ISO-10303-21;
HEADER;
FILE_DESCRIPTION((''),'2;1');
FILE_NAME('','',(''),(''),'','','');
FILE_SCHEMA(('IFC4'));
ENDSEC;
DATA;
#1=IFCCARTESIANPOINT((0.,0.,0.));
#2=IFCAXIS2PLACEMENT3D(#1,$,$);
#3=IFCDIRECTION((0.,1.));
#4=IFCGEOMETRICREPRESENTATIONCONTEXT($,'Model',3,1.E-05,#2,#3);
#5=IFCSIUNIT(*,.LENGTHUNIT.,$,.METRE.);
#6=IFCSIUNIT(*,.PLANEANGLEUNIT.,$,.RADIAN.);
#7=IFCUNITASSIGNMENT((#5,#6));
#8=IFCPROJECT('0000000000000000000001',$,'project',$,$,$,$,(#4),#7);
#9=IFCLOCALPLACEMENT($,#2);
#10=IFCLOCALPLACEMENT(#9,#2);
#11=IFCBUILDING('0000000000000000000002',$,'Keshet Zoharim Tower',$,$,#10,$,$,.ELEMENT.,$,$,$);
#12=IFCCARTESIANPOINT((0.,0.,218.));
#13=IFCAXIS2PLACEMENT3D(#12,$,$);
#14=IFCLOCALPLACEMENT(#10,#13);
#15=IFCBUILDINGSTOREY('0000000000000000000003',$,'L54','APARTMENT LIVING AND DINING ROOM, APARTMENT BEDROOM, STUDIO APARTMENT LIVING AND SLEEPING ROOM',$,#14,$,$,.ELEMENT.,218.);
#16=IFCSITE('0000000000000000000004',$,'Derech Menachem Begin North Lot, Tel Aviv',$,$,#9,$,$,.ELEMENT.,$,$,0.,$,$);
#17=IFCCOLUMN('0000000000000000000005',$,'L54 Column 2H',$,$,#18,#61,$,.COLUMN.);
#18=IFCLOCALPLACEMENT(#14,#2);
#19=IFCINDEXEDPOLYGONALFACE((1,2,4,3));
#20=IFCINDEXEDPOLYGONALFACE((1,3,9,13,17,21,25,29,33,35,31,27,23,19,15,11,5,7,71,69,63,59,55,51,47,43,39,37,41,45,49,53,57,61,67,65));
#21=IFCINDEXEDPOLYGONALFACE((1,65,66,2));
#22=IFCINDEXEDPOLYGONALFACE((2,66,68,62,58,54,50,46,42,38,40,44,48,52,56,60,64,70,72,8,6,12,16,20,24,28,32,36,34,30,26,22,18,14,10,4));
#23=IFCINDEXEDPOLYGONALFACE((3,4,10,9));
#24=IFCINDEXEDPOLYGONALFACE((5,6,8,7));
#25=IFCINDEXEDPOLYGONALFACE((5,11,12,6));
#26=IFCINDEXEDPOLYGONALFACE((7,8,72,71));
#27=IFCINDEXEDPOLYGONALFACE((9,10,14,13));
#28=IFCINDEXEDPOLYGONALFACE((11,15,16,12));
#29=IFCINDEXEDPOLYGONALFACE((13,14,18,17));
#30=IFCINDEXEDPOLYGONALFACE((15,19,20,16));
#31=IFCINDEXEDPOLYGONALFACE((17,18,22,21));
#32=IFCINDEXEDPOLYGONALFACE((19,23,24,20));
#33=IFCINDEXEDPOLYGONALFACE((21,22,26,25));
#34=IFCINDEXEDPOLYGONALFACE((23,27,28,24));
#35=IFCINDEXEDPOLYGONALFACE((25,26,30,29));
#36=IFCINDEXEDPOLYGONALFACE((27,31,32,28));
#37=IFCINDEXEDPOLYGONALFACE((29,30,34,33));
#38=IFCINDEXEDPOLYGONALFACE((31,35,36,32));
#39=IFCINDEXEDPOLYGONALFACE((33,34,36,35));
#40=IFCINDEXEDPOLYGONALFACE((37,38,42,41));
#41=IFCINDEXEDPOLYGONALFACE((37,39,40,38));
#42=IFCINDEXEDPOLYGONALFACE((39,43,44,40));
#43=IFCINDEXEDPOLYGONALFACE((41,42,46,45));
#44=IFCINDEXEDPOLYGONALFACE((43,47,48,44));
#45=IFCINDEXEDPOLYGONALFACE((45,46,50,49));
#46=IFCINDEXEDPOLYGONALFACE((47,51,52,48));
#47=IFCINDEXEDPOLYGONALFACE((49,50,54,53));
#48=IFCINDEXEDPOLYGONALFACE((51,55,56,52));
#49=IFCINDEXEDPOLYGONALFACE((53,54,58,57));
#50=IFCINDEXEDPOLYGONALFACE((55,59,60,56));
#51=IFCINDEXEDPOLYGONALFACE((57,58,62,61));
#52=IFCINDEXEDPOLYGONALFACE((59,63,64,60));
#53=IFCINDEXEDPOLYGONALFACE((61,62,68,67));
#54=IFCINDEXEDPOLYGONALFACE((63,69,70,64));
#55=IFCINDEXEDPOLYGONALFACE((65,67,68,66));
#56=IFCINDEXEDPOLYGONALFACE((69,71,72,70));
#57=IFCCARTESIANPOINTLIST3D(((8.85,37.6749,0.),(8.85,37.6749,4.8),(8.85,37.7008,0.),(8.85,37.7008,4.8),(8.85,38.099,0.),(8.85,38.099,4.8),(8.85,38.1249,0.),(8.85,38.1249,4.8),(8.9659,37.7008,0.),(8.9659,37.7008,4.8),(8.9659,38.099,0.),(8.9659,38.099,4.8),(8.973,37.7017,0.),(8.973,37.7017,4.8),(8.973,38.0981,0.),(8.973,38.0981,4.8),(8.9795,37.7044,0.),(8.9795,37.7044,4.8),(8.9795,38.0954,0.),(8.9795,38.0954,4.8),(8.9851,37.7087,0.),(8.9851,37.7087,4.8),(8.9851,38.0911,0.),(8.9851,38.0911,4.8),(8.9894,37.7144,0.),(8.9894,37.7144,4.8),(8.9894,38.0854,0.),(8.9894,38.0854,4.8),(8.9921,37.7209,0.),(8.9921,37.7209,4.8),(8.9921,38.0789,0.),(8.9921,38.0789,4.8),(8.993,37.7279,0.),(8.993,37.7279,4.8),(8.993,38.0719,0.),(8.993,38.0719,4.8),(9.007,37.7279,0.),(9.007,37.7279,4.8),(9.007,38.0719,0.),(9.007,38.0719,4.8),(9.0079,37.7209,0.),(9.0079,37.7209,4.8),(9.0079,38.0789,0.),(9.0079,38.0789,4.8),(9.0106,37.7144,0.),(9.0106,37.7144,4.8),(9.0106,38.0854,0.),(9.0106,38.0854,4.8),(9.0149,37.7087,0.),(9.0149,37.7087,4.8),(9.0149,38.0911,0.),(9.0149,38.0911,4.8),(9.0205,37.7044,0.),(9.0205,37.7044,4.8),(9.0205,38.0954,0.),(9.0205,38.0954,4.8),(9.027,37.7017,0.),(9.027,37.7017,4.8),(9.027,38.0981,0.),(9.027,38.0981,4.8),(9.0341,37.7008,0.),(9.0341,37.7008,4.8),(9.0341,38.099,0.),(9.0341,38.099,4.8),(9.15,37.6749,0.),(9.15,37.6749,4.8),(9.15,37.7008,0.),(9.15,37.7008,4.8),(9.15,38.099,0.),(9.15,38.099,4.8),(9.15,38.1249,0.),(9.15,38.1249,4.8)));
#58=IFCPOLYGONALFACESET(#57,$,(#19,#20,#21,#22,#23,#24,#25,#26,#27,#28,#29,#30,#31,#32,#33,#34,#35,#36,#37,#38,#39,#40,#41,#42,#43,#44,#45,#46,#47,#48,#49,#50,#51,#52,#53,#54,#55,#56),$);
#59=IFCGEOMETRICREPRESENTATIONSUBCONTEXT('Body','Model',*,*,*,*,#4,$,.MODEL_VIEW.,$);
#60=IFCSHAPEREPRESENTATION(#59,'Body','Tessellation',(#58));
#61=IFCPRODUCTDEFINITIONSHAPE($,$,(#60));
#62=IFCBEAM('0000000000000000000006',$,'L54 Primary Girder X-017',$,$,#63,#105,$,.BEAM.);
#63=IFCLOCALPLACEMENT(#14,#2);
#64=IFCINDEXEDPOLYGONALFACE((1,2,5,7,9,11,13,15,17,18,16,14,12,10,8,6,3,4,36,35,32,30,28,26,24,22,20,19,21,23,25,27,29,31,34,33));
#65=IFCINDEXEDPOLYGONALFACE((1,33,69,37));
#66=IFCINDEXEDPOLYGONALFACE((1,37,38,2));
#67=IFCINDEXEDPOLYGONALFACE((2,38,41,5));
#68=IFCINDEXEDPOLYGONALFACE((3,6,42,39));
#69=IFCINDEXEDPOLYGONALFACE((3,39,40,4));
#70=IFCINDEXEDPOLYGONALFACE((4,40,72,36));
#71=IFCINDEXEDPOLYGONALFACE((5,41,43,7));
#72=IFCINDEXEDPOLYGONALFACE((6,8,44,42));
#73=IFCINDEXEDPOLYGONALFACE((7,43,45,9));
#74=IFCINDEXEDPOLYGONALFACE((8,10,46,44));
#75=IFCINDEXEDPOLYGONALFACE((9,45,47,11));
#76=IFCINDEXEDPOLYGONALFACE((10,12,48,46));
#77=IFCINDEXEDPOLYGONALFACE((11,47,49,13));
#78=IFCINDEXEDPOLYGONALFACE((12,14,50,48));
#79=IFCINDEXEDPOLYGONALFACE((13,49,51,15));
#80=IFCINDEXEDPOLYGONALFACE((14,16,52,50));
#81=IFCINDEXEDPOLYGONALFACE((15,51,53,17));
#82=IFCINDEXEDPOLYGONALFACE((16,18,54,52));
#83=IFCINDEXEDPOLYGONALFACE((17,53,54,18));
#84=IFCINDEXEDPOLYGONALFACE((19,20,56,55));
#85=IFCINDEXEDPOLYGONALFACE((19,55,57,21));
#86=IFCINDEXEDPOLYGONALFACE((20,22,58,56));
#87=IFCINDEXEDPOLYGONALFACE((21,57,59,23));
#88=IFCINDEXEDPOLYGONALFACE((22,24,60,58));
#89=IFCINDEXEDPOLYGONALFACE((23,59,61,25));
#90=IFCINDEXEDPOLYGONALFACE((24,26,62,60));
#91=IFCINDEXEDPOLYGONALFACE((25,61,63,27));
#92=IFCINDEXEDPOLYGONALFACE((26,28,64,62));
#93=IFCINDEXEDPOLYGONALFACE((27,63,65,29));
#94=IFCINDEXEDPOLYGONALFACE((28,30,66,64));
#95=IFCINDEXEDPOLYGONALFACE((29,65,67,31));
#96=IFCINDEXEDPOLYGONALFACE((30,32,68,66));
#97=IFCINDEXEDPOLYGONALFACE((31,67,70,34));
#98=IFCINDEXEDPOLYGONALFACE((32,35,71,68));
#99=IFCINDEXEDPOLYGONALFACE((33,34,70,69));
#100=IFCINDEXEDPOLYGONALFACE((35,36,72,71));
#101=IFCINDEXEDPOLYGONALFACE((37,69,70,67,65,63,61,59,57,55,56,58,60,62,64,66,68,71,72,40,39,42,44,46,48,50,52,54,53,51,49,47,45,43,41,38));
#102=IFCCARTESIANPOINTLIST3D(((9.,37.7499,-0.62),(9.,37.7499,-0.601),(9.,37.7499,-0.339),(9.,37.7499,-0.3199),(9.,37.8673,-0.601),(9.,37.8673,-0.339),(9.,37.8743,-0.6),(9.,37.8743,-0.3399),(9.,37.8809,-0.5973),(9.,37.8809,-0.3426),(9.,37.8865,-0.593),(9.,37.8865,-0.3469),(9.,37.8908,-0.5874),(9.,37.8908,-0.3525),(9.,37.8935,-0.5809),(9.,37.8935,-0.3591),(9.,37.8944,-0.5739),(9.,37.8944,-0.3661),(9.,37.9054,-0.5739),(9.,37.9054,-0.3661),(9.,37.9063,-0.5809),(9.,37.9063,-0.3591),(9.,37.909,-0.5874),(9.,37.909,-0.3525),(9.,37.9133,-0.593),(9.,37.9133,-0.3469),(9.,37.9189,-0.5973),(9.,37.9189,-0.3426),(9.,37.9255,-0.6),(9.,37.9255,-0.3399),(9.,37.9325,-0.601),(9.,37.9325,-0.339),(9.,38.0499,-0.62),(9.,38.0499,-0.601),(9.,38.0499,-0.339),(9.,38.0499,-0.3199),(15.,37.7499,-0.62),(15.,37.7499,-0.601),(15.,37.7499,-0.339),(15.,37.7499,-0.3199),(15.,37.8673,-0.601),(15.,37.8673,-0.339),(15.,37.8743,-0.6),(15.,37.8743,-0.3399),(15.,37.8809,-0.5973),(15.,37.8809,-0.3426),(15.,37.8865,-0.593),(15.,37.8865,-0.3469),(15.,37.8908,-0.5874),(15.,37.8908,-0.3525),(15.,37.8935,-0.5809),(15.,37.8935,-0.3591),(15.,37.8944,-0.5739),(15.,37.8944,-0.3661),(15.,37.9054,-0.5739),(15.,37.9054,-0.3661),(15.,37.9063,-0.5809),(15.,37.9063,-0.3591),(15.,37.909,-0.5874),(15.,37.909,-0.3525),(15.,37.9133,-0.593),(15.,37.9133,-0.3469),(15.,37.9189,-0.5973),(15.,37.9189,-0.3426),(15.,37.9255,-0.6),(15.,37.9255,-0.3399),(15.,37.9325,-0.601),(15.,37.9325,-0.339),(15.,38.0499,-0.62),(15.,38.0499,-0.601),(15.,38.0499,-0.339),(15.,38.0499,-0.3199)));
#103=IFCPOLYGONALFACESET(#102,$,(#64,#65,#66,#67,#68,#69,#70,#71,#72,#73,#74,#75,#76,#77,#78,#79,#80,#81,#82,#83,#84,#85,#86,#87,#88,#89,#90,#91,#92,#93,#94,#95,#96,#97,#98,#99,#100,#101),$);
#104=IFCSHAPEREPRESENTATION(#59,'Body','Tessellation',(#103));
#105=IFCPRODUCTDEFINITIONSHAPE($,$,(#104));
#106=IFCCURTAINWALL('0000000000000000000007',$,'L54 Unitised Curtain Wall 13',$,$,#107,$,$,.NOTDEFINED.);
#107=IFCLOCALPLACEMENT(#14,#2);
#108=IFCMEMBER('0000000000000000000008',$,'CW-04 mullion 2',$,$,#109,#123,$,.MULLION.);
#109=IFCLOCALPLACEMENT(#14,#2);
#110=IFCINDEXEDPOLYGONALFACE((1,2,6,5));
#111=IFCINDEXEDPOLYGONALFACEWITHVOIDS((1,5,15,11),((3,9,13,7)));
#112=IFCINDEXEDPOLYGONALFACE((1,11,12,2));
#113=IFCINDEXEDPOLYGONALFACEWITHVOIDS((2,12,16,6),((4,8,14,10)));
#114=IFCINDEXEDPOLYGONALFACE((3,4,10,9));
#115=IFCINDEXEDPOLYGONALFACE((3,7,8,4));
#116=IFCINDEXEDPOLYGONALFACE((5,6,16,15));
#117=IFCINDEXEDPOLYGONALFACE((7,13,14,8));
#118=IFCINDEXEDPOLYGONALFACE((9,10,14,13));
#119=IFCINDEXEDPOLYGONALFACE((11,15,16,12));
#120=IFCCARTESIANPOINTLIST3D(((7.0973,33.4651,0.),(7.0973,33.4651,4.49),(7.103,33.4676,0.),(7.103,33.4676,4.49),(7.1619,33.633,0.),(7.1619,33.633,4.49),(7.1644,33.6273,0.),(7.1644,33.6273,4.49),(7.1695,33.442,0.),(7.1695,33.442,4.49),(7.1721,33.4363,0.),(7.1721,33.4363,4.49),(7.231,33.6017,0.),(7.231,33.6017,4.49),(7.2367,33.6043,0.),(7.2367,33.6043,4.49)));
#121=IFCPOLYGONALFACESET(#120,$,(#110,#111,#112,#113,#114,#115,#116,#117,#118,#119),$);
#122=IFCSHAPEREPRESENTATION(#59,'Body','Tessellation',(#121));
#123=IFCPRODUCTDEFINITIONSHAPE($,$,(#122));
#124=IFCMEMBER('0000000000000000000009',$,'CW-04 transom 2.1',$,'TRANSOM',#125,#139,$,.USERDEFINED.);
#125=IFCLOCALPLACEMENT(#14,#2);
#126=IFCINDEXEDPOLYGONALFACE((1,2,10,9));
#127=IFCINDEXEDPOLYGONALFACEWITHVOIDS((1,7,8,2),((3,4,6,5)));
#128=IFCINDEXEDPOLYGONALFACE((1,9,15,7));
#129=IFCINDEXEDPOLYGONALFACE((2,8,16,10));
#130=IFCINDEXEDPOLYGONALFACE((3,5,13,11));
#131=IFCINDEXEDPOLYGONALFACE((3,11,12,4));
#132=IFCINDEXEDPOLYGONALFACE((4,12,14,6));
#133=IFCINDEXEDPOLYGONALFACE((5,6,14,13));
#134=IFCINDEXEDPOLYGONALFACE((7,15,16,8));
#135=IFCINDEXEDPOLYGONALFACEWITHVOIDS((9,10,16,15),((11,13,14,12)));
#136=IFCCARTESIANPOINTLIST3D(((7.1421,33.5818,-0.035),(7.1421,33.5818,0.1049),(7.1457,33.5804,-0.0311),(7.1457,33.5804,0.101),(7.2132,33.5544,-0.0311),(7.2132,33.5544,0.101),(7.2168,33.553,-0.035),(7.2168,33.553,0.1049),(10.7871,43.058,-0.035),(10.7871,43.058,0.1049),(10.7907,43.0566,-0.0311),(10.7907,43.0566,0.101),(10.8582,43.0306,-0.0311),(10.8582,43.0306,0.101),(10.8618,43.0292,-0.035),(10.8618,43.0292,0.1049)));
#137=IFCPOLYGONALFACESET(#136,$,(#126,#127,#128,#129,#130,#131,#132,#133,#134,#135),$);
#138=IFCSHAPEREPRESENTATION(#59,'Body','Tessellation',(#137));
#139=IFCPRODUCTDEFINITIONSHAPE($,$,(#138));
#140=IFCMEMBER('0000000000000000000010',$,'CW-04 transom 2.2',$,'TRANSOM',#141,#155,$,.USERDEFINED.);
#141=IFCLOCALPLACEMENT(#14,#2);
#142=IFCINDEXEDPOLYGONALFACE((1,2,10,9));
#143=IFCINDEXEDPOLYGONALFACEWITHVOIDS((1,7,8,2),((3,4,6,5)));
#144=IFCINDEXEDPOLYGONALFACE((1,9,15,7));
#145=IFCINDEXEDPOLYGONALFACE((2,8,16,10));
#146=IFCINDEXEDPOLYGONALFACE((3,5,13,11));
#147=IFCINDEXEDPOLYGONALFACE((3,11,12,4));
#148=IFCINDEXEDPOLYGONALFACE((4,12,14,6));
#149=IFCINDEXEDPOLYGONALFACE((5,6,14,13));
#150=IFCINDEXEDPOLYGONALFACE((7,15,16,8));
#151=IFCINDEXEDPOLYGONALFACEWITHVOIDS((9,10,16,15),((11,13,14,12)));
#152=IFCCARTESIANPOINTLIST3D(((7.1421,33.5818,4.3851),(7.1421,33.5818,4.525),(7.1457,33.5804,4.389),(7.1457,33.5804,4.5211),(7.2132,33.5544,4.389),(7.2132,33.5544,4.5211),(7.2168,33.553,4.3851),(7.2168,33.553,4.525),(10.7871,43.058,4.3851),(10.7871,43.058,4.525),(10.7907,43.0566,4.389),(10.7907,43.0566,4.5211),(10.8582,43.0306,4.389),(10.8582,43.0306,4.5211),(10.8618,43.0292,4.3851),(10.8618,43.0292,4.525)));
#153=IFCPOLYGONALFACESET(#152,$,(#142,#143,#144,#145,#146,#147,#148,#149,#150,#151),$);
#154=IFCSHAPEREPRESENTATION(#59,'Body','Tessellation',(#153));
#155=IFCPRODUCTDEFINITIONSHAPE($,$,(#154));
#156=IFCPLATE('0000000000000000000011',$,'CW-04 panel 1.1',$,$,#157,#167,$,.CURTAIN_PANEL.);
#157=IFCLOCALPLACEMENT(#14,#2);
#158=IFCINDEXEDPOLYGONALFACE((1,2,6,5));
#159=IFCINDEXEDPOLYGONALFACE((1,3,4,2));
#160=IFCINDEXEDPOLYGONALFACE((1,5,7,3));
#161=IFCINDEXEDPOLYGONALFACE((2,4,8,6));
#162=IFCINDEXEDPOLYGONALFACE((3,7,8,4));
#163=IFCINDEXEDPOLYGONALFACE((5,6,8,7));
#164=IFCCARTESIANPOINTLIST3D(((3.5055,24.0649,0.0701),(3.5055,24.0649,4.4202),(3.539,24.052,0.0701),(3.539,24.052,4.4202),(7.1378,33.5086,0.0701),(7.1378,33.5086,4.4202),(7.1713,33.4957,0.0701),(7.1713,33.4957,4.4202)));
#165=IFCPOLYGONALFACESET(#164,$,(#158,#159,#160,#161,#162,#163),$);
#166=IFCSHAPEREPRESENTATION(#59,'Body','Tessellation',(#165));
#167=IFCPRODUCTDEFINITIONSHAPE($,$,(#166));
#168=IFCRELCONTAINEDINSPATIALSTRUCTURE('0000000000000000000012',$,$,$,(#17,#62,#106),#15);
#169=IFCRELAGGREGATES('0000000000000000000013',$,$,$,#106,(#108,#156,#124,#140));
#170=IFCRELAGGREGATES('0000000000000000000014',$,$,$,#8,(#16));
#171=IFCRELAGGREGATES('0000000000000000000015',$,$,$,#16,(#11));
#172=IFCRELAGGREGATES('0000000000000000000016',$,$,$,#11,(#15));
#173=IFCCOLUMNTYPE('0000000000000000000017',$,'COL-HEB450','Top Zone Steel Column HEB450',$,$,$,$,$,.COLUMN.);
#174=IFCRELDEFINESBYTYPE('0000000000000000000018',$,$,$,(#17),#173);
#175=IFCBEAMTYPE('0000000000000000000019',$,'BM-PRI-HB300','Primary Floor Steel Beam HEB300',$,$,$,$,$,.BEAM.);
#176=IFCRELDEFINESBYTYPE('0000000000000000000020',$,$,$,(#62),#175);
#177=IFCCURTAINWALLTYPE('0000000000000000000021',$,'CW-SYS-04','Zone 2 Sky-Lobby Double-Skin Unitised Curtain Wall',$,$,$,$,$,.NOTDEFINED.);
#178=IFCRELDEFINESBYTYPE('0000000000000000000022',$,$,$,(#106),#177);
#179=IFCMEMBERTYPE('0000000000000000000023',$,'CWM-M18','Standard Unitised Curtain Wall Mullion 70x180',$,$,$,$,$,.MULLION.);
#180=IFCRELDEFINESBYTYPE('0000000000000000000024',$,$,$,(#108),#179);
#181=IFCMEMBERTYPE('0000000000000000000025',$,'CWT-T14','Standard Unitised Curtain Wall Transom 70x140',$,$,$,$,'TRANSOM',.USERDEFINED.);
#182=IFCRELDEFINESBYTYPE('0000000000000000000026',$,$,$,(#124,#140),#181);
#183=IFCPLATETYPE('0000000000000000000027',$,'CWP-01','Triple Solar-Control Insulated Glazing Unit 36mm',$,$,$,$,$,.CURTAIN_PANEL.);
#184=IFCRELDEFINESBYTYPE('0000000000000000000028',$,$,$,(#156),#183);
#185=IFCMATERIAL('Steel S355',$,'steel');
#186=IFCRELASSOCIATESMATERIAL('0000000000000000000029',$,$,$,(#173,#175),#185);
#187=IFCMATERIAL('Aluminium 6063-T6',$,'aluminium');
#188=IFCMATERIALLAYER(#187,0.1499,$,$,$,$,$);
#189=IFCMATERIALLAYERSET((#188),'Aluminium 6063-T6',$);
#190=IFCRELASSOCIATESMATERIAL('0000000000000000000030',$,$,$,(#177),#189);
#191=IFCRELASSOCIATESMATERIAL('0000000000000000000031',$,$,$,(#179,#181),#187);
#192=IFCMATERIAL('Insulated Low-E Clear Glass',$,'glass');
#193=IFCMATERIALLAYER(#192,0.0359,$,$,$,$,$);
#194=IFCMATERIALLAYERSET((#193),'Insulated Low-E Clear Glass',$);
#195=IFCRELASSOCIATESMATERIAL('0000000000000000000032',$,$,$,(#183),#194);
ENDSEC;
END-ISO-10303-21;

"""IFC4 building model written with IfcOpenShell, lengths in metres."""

from ifc_helpers import new_model, si_unit, direction, frame, origin, origin_2d, place, context, subcontext, project, spatial, rectangle, hollow_rectangle, i_section, extrude, material, layer, layer_set, material_profile, profile_set, type_object, element, aggregate, save


model = new_model("IFC4")

# Units and contexts
model_context = context("Model", 3, precision=1e-05, world=origin(), true_north=direction((0.0, 1.0)))
body_context = subcontext(model_context, "Body", "Model", "MODEL_VIEW")
ifc_project = project(units=[si_unit("LENGTHUNIT", "METRE"), si_unit("PLANEANGLEUNIT", "RADIAN")], contexts=[model_context])

# Site, building, storey
site_placement = place(None, origin())
site = spatial("IfcSite", under=ifc_project, at=site_placement, Name="Derech Menachem Begin North Lot, Tel Aviv", CompositionType="ELEMENT", RefElevation=0.0)
building_placement = place(site_placement, origin())
building = spatial("IfcBuilding", under=site, at=building_placement, Name="Keshet Zoharim Tower", CompositionType="ELEMENT")
storey_placement = place(building_placement, frame((0.0, 0.0, 218.0)))
storey = spatial("IfcBuildingStorey", under=building, at=storey_placement, Name="L54", Description="APARTMENT LIVING AND DINING ROOM, APARTMENT BEDROOM, STUDIO APARTMENT LIVING AND SLEEPING ROOM", CompositionType="ELEMENT", Elevation=218.0)

# Column
ifc_material_1 = material(Name="Steel S355", Category="steel")
ifc_material_profile_1 = material_profile(ifc_material_1, i_section(OverallWidth=0.3, OverallDepth=0.45, WebThickness=0.0139, FlangeThickness=0.0259, FilletRadius=0.0271, at=origin_2d()), Name="HEB450")
ifc_profile_set_1 = profile_set([ifc_material_profile_1], Name="Steel S355")
column_type = type_object("IfcColumnType", Name="COL-HEB450", Description="Top Zone Steel Column HEB450", PredefinedType="COLUMN", material=ifc_profile_set_1)
column_placement = place(storey_placement, frame((9.0, 37.8999, 0.0), z_axis=(0.0, 0.0, 1.0), x_axis=(1.0, 0.0, 0.0)))
element("IfcColumn", 1, at=column_placement, inside=storey, type_object=column_type, Name="L54 Column 2H", PredefinedType="COLUMN", context=body_context, shape_type="SweptSolid", body=[
    extrude(i_section(OverallWidth=0.3, OverallDepth=0.45, WebThickness=0.0139, FlangeThickness=0.0259, FilletRadius=0.0271, at=origin_2d()), origin(), (0.0, 0.0, 1.0), 4.8),
])

# Beam
ifc_material_profile_2 = material_profile(ifc_material_1, i_section(OverallWidth=0.3, OverallDepth=0.3, WebThickness=0.011, FlangeThickness=0.019, FilletRadius=0.0271, at=origin_2d()), Name="HEB300")
ifc_profile_set_2 = profile_set([ifc_material_profile_2], Name="Steel S355")
beam_type = type_object("IfcBeamType", Name="BM-PRI-HB300", Description="Primary Floor Steel Beam HEB300", PredefinedType="BEAM", material=ifc_profile_set_2)
beam_placement = place(storey_placement, frame((9.0, 37.8999, -0.47), z_axis=(1.0, 0.0, 0.0), x_axis=(0.0, 1.0, 0.0)))
element("IfcBeam", 2, at=beam_placement, inside=storey, type_object=beam_type, Name="L54 Primary Girder X-017", PredefinedType="BEAM", context=body_context, shape_type="SweptSolid", body=[
    extrude(i_section(OverallWidth=0.3, OverallDepth=0.3, WebThickness=0.011, FlangeThickness=0.019, FilletRadius=0.0271, at=origin_2d()), origin(), (0.0, 0.0, 1.0), 6.0),
])

# Curtain wall, members, plate
ifc_material_2 = material(Name="Aluminium 6063-T6", Category="aluminium")
ifc_layer_1 = layer(ifc_material_2, 0.1499)
ifc_layer_set_1 = layer_set([ifc_layer_1], Name="Aluminium 6063-T6")
curtain_wall_type = type_object("IfcCurtainWallType", Name="CW-SYS-04", Description="Zone 2 Sky-Lobby Double-Skin Unitised Curtain Wall", PredefinedType="NOTDEFINED", material=ifc_layer_set_1)
curtain_wall_placement = place(storey_placement, origin())
curtain_wall = element("IfcCurtainWall", 3, at=curtain_wall_placement, inside=storey, type_object=curtain_wall_type, Name="L54 Unitised Curtain Wall 13", PredefinedType="NOTDEFINED")
ifc_material_profile_3 = material_profile(ifc_material_2, hollow_rectangle(XDim=0.0801, YDim=0.1799, WallThickness=0.0044, at=origin_2d()), Name="MUL-80x180")
ifc_profile_set_3 = profile_set([ifc_material_profile_3], Name="Aluminium 6063-T6")
member_type_1 = type_object("IfcMemberType", Name="CWM-M18", Description="Standard Unitised Curtain Wall Mullion 70x180", PredefinedType="MULLION", material=ifc_profile_set_3)
member_1_placement = place(storey_placement, frame((7.167, 33.5347, 0.0), z_axis=(0.0, 0.0, 1.0), x_axis=(-0.933341, 0.35899, 0.0)))
member_1 = element("IfcMember", 4, at=member_1_placement, type_object=member_type_1, Name="CW-04 mullion 2", PredefinedType="MULLION", context=body_context, shape_type="SweptSolid", body=[
    extrude(hollow_rectangle(XDim=0.0801, YDim=0.1799, WallThickness=0.0044, at=origin_2d()), origin(), (0.0, 0.0, 1.0), 4.49),
])
ifc_material_profile_4 = material_profile(ifc_material_2, hollow_rectangle(XDim=0.0801, YDim=0.1399, WallThickness=0.0039, at=origin_2d()), Name="TRN-80x140")
ifc_profile_set_4 = profile_set([ifc_material_profile_4], Name="Aluminium 6063-T6")
member_type_2 = type_object("IfcMemberType", Name="CWT-T14", Description="Standard Unitised Curtain Wall Transom 70x140", ElementType="TRANSOM", PredefinedType="USERDEFINED", material=ifc_profile_set_4)
member_2_placement = place(storey_placement, frame((7.1794, 33.5674, 0.0349), z_axis=(0.359003, 0.933336, 0.0), x_axis=(-0.933336, 0.359003, 0.0)))
member_2 = element("IfcMember", 5, at=member_2_placement, type_object=member_type_2, Name="CW-04 transom 2.1", ObjectType="TRANSOM", PredefinedType="USERDEFINED", context=body_context, shape_type="SweptSolid", body=[
    extrude(hollow_rectangle(XDim=0.0801, YDim=0.1399, WallThickness=0.0039, at=origin_2d()), origin(), (0.0, 0.0, 1.0), 10.1531),
])
member_3_placement = place(storey_placement, frame((7.1794, 33.5674, 4.4551), z_axis=(0.359003, 0.933336, 0.0), x_axis=(-0.933336, 0.359003, 0.0)))
member_3 = element("IfcMember", 6, at=member_3_placement, type_object=member_type_2, Name="CW-04 transom 2.2", ObjectType="TRANSOM", PredefinedType="USERDEFINED", context=body_context, shape_type="SweptSolid", body=[
    extrude(hollow_rectangle(XDim=0.0801, YDim=0.1399, WallThickness=0.0039, at=origin_2d()), origin(), (0.0, 0.0, 1.0), 10.1531),
])
ifc_material_3 = material(Name="Insulated Low-E Clear Glass", Category="glass")
ifc_layer_2 = layer(ifc_material_3, 0.0359)
ifc_layer_set_2 = layer_set([ifc_layer_2], Name="Insulated Low-E Clear Glass")
plate_type = type_object("IfcPlateType", Name="CWP-01", Description="Triple Solar-Control Insulated Glazing Unit 36mm", PredefinedType="CURTAIN_PANEL", material=ifc_layer_set_2)
plate_placement = place(storey_placement, frame((5.3384, 28.7803, 0.0701), z_axis=(0.0, 0.0, 1.0), x_axis=(0.35899, 0.933341, 0.0)))
plate = element("IfcPlate", 7, at=plate_placement, type_object=plate_type, Name="CW-04 panel 1.1", PredefinedType="CURTAIN_PANEL", context=body_context, shape_type="SweptSolid", body=[
    extrude(rectangle(XDim=10.1182, YDim=0.0359, at=origin_2d()), origin(), (0.0, 0.0, 1.0), 4.3501),
])
aggregate(curtain_wall, [member_1, plate, member_2, member_3])

save(model, "model.ifc")
